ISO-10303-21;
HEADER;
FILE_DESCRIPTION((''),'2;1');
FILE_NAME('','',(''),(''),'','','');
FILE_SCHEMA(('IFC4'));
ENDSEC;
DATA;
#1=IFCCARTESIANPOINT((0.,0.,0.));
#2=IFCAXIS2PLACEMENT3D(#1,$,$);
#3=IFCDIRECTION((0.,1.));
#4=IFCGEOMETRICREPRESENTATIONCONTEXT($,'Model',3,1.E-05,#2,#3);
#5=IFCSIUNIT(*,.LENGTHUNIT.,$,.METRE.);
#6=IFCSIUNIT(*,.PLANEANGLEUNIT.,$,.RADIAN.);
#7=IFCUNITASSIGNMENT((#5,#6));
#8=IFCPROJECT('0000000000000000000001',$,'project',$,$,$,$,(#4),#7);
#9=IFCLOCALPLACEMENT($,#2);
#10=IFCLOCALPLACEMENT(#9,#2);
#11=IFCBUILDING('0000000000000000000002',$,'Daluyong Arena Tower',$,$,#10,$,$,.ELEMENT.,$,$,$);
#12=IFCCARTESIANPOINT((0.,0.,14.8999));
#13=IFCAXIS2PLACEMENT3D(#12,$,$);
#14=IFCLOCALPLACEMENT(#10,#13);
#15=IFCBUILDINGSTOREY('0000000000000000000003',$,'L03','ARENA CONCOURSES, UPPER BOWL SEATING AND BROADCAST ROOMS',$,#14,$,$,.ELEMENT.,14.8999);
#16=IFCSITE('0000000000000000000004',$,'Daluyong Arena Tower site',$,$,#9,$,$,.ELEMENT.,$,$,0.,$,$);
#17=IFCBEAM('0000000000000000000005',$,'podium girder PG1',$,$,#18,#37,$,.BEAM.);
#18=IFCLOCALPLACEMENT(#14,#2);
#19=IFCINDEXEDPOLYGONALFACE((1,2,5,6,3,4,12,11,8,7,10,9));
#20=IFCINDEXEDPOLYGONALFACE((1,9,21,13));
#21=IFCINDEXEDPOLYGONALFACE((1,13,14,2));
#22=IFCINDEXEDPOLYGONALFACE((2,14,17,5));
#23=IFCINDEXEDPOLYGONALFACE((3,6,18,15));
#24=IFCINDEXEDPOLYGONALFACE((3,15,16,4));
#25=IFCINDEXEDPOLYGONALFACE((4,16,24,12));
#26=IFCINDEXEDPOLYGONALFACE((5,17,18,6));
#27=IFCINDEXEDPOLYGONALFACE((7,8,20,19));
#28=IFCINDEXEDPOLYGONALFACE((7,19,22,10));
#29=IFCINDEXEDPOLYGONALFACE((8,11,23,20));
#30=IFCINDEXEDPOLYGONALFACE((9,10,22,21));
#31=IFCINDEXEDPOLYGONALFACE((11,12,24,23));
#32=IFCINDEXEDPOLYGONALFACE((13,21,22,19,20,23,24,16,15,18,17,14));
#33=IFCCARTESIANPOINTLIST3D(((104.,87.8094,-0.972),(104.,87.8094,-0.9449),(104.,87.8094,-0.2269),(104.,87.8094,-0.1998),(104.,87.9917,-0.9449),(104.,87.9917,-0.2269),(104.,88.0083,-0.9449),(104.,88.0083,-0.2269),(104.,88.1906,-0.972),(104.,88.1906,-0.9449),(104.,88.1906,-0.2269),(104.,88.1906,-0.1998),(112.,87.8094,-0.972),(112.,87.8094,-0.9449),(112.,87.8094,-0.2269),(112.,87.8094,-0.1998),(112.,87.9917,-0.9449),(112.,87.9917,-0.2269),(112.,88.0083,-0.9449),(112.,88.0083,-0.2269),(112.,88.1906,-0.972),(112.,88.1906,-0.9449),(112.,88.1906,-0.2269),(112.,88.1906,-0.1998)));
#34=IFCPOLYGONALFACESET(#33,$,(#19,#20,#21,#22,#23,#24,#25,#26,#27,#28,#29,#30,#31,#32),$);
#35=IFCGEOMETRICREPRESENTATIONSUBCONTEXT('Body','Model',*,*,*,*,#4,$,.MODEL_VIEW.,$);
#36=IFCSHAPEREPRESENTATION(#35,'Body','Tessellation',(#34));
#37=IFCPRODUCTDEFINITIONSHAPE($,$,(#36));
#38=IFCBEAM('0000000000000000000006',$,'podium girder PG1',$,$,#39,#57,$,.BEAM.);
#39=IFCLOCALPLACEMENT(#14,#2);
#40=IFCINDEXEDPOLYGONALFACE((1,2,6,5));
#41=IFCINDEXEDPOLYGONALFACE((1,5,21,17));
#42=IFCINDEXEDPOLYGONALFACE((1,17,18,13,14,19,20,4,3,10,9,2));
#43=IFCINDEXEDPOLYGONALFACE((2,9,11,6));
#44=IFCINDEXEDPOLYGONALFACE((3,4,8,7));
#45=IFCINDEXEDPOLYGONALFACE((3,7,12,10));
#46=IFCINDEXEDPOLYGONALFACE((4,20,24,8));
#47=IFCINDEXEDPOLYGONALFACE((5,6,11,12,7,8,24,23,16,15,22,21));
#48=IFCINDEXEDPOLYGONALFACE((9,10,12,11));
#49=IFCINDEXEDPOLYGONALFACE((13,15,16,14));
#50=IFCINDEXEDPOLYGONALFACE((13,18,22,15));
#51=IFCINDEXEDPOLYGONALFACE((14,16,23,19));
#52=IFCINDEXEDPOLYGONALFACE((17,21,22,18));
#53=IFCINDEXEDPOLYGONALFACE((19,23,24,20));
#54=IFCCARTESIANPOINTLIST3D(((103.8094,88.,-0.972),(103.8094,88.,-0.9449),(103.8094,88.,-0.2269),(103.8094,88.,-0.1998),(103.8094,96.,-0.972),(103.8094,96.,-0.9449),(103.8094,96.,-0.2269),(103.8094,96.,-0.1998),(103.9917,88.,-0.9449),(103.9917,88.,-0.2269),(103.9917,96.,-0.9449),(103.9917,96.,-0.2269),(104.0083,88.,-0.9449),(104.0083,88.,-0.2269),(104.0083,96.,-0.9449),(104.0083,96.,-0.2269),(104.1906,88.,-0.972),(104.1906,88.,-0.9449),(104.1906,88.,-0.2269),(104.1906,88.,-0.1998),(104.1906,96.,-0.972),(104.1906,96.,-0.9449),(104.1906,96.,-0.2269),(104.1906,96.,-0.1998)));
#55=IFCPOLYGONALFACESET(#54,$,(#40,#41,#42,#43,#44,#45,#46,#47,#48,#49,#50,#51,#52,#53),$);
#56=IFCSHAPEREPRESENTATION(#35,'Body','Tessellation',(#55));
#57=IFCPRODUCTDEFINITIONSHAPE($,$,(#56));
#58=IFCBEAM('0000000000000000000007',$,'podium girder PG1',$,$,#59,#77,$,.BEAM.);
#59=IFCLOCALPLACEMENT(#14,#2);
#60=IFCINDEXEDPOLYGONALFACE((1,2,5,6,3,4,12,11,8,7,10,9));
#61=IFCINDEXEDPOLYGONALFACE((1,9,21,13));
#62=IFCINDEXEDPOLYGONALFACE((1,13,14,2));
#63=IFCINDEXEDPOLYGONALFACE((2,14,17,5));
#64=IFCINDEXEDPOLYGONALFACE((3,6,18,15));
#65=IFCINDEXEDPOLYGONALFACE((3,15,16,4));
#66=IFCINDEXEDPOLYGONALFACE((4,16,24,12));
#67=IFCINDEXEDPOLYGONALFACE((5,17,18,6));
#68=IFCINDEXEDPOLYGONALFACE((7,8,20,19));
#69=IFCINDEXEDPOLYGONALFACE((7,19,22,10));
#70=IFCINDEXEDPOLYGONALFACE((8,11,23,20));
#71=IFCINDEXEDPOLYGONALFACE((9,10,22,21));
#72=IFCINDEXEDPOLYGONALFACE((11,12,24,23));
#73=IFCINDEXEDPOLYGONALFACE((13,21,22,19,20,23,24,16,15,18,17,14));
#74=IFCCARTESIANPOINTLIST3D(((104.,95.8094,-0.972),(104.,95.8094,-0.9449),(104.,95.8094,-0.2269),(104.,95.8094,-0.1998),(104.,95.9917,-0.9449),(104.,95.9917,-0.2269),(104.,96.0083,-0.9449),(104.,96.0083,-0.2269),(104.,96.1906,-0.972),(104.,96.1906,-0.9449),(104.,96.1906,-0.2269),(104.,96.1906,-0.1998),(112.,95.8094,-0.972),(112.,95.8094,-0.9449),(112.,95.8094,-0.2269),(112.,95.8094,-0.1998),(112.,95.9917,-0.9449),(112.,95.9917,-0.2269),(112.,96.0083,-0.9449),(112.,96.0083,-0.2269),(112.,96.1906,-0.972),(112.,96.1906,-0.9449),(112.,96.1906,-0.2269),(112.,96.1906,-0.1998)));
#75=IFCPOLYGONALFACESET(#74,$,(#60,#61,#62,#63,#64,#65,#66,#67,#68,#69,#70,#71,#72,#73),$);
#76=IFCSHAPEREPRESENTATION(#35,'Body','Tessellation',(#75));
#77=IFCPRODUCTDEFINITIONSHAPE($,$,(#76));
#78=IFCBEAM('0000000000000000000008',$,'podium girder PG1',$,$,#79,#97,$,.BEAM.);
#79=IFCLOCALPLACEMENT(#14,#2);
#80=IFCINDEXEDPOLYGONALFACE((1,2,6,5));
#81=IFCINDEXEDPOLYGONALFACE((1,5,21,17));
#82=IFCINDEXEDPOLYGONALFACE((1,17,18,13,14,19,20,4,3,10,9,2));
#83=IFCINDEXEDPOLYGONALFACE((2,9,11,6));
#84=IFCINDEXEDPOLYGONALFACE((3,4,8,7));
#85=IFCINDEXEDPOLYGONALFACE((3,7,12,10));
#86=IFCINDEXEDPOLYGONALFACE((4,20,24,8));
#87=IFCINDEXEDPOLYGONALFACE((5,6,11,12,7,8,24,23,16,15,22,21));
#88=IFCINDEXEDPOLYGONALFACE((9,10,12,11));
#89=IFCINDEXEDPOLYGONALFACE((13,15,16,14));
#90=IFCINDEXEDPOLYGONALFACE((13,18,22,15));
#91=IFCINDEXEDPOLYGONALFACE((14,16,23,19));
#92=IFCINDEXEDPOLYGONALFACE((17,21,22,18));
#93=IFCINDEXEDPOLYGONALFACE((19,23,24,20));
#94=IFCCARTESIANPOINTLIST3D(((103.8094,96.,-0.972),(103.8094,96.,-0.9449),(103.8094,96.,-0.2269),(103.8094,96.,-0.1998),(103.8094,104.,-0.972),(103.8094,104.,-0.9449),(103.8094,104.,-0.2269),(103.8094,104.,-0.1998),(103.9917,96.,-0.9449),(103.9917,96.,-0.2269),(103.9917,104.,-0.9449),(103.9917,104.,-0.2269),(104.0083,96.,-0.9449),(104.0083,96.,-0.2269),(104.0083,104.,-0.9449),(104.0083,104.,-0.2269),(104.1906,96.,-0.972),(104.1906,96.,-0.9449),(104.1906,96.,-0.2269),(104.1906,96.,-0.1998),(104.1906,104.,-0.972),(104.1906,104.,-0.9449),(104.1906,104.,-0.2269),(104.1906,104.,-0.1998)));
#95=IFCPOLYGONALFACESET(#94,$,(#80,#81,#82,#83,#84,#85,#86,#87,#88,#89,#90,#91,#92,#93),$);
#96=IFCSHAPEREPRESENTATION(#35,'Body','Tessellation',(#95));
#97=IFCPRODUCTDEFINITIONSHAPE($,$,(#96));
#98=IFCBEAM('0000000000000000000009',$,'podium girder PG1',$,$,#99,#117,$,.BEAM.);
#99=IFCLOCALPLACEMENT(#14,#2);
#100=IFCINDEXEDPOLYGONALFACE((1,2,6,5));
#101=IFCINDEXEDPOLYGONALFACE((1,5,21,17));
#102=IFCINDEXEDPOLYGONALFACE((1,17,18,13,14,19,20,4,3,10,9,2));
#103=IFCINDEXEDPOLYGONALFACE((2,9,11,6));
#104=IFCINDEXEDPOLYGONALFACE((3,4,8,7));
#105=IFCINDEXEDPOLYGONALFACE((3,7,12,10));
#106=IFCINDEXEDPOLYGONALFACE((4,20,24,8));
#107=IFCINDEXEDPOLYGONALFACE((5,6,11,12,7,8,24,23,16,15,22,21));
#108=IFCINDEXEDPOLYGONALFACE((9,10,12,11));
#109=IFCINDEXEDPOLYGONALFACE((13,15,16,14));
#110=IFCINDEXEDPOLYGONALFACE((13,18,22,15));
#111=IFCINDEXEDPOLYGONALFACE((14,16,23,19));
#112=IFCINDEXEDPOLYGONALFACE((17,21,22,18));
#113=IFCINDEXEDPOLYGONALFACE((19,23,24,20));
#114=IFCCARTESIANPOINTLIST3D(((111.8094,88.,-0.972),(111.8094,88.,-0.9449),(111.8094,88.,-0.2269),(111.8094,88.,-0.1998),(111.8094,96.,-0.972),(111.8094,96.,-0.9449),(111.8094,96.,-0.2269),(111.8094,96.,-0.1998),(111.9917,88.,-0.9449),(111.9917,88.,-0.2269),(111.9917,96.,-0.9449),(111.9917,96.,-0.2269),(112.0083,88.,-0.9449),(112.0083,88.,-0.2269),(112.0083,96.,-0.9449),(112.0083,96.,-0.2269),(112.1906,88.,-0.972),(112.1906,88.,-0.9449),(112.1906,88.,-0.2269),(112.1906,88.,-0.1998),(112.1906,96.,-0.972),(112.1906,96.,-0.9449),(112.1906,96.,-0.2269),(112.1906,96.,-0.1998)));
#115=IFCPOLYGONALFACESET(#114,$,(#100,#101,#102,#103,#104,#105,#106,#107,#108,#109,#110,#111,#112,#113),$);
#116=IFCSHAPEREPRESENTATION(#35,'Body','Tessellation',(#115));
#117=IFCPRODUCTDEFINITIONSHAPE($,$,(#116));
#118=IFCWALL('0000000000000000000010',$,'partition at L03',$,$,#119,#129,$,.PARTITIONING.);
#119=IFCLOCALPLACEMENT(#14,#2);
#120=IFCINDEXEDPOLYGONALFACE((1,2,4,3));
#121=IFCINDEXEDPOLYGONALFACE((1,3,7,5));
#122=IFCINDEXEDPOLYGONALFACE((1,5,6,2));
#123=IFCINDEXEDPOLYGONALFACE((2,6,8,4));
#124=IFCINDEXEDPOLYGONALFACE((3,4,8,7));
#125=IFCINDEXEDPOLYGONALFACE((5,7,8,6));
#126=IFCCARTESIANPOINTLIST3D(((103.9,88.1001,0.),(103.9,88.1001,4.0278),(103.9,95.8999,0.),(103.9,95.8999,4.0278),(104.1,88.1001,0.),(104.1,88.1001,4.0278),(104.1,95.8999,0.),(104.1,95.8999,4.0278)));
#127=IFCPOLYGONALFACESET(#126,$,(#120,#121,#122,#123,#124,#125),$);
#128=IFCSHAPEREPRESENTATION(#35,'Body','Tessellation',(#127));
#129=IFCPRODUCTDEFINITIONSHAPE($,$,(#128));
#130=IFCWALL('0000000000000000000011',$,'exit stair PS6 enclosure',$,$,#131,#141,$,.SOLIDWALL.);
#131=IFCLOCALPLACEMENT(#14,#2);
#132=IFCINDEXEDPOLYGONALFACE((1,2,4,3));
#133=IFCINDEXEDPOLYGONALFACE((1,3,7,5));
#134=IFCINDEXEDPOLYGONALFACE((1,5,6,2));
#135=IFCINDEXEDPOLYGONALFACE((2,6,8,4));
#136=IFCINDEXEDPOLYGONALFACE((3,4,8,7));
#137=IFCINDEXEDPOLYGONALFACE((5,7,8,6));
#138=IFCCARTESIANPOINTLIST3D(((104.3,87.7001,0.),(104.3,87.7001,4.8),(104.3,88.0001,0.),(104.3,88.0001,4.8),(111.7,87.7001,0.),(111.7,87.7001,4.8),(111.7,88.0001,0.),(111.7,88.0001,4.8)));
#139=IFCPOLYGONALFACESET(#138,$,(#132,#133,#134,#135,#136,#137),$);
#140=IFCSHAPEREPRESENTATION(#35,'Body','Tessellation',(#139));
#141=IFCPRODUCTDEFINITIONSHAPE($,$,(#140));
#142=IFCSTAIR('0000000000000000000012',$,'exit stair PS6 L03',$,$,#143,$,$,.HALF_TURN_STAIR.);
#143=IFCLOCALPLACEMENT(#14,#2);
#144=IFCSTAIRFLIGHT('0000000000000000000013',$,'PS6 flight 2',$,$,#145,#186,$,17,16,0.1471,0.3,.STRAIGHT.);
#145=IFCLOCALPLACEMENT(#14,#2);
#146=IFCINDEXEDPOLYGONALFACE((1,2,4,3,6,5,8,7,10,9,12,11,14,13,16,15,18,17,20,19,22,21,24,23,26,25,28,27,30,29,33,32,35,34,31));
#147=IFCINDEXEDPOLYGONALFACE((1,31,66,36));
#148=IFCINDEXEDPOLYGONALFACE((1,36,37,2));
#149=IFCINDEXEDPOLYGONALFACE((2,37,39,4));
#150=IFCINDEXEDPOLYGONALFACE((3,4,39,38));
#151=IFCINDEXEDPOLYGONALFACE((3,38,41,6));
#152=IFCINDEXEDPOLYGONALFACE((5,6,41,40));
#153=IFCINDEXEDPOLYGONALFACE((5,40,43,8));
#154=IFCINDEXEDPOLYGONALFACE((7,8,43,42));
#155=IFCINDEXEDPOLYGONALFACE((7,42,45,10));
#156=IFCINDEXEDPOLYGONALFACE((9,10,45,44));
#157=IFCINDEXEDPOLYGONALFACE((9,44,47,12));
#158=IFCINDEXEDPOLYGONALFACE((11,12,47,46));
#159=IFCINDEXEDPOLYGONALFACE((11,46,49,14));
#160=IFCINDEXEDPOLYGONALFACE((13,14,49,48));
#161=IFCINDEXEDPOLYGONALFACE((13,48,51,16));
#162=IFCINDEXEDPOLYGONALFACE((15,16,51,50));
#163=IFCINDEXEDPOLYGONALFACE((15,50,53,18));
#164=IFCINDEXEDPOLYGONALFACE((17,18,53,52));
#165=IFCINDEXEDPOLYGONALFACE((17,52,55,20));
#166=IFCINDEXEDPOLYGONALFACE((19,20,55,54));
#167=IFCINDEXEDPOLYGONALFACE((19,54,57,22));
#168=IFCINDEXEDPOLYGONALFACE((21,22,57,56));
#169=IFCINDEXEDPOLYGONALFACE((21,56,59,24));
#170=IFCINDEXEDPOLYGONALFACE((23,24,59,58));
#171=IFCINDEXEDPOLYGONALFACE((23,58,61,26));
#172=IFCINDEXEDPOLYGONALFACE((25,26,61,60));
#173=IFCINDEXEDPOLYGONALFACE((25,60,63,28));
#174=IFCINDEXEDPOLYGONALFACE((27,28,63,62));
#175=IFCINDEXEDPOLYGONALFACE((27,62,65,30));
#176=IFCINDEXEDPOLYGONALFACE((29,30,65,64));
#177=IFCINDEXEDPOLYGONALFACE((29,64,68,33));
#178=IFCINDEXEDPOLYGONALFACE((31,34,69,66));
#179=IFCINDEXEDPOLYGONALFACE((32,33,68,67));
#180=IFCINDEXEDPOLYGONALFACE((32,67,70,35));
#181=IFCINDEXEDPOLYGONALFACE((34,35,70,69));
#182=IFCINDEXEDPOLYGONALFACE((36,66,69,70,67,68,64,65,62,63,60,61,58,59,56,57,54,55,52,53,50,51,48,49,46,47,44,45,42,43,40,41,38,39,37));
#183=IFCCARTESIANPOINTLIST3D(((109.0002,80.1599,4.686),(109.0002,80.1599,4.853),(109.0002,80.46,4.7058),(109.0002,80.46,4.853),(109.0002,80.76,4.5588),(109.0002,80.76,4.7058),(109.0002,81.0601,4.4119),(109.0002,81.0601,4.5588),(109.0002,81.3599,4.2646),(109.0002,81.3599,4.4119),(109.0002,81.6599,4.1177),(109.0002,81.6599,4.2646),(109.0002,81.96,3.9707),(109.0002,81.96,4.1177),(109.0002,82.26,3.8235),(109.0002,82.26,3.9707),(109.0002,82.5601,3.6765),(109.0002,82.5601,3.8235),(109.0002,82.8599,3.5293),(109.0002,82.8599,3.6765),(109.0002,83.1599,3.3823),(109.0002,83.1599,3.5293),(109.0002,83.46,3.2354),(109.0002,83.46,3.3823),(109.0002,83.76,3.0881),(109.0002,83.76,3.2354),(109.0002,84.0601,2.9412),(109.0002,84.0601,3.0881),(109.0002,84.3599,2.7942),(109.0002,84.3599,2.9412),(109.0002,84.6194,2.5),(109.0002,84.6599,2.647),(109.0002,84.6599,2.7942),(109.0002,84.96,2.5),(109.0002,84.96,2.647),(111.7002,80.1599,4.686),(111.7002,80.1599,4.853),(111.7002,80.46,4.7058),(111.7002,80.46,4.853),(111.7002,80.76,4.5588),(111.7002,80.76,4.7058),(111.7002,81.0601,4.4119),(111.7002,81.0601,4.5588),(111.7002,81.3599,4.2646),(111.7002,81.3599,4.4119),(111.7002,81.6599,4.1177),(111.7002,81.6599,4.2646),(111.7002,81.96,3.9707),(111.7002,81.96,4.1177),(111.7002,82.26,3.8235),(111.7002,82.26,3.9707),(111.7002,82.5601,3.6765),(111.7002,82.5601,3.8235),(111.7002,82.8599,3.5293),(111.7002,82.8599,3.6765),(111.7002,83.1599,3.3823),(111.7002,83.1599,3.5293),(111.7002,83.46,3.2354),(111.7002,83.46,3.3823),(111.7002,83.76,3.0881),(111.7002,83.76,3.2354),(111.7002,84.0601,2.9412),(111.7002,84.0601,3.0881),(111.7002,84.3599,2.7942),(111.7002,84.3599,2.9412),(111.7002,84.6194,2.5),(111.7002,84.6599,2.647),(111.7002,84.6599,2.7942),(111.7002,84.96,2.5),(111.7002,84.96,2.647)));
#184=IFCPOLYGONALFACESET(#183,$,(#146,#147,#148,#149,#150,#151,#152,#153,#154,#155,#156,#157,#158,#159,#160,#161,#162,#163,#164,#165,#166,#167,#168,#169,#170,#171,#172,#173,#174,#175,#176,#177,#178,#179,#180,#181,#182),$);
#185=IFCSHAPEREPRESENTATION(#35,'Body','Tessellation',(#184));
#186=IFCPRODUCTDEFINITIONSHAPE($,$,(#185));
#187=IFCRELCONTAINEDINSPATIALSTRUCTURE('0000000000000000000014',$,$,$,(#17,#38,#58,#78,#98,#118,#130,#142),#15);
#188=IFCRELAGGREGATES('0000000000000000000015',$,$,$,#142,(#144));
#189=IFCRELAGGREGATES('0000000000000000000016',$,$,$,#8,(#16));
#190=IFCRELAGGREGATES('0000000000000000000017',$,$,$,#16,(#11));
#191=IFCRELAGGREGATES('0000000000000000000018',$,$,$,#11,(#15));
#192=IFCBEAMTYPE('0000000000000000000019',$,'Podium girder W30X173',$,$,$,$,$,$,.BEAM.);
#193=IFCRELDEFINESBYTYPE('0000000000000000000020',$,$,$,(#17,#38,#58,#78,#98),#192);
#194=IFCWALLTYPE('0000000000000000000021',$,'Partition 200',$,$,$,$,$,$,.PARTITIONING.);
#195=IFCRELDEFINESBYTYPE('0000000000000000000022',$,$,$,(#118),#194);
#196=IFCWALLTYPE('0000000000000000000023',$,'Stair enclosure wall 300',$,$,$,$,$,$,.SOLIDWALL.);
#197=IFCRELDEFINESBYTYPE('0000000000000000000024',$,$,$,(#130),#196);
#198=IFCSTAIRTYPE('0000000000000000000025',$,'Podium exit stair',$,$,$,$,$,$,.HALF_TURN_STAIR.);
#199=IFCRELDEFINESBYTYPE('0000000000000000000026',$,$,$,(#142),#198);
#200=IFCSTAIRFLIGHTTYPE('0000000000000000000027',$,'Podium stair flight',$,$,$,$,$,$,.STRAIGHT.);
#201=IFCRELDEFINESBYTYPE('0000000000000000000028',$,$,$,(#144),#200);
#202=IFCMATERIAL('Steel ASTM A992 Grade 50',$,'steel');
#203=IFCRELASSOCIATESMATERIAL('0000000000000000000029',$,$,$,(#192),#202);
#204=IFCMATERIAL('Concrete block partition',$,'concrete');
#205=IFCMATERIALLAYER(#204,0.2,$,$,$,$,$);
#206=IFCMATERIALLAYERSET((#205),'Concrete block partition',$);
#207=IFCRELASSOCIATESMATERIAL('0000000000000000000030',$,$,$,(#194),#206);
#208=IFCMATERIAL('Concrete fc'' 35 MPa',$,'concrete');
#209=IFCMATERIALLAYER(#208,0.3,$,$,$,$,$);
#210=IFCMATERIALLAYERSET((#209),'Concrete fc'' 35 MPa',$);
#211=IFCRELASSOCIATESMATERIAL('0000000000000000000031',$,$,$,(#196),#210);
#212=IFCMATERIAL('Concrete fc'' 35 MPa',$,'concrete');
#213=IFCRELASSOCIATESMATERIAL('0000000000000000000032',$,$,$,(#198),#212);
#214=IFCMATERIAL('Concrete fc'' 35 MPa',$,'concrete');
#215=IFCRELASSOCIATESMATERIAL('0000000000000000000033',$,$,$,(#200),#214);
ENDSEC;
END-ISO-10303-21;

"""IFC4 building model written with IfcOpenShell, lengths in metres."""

from ifc_helpers import new_model, si_unit, direction, frame, frame_2d, origin, origin_2d, place, context, subcontext, project, spatial, polyline, rectangle, i_section, outline, extrude, material, layer, layer_set, material_profile, profile_set, type_object, element, aggregate, save


model = new_model("IFC4")

# Units and contexts
model_context = context("Model", 3, precision=1e-05, world=origin(), true_north=direction((0.0, 1.0)))
body_context = subcontext(model_context, "Body", "Model", "MODEL_VIEW")
ifc_project = project(units=[si_unit("LENGTHUNIT", "METRE"), si_unit("PLANEANGLEUNIT", "RADIAN")], contexts=[model_context])

# Site, building, storey
site_placement = place(None, origin())
site = spatial("IfcSite", under=ifc_project, at=site_placement, Name="Daluyong Arena Tower site", CompositionType="ELEMENT", RefElevation=0.0)
building_placement = place(site_placement, origin())
building = spatial("IfcBuilding", under=site, at=building_placement, Name="Daluyong Arena Tower", CompositionType="ELEMENT")
storey_placement = place(building_placement, frame((0.0, 0.0, 14.8999)))
storey = spatial("IfcBuildingStorey", under=building, at=storey_placement, Name="L03", Description="ARENA CONCOURSES, UPPER BOWL SEATING AND BROADCAST ROOMS", CompositionType="ELEMENT", Elevation=14.8999)

# Beams
ifc_material_1 = material(Name="Steel ASTM A992 Grade 50", Category="steel")
ifc_material_profile_1 = material_profile(ifc_material_1, i_section(OverallWidth=0.3811, OverallDepth=0.7722, WebThickness=0.0166, FlangeThickness=0.0271, at=origin_2d()))
ifc_profile_set_1 = profile_set([ifc_material_profile_1], Name="Steel ASTM A992 Grade 50")
beam_type_1 = type_object("IfcBeamType", Name="Podium girder W30X173", PredefinedType="BEAM", material=ifc_profile_set_1)
for number, where, z_axis, x_axis, name in (
    (1, (104.0, 88.0, -0.5859), (1.0, 0.0, 0.0), (0.0, 1.0, 0.0), "podium girder PG1"),
    (2, (104.0, 88.0, -0.5859), (0.0, 1.0, 0.0), (-1.0, 0.0, 0.0), "podium girder PG1"),
    (3, (104.0, 96.0, -0.5859), (1.0, 0.0, 0.0), (0.0, 1.0, 0.0), "podium girder PG1"),
    (4, (104.0, 96.0, -0.5859), (0.0, 1.0, 0.0), (-1.0, 0.0, 0.0), "podium girder PG1"),
    (5, (112.0, 88.0, -0.5859), (0.0, 1.0, 0.0), (-1.0, 0.0, 0.0), "podium girder PG1"),
):
    element("IfcBeam", number, at=place(storey_placement, frame(where, z_axis=z_axis, x_axis=x_axis)), inside=storey, type_object=beam_type_1, Name=name, PredefinedType="BEAM", context=body_context, shape_type="SweptSolid", body=[
        extrude(i_section(OverallWidth=0.3811, OverallDepth=0.7722, WebThickness=0.0166, FlangeThickness=0.0271, at=origin_2d()), origin(), (0.0, 0.0, 1.0), 8.0),
    ])

# Walls
ifc_material_2 = material(Name="Concrete block partition", Category="concrete")
ifc_layer_1 = layer(ifc_material_2, 0.2)
ifc_layer_set_1 = layer_set([ifc_layer_1], Name="Concrete block partition")
wall_type_1 = type_object("IfcWallType", Name="Partition 200", PredefinedType="PARTITIONING", material=ifc_layer_set_1)
wall_1_placement = place(storey_placement, frame((104.0, 88.1001, 0.0), z_axis=(0.0, 0.0, 1.0), x_axis=(0.0, 1.0, 0.0)))
element("IfcWall", 6, at=wall_1_placement, inside=storey, type_object=wall_type_1, Name="partition at L03", PredefinedType="PARTITIONING", context=body_context, shape_type="SweptSolid", body=[
    extrude(rectangle(XDim=7.7998, YDim=0.2, at=frame_2d((3.8999, 0.0))), origin(), (0.0, 0.0, 1.0), 4.0278),
])
ifc_material_3 = material(Name="Concrete fc' 35 MPa", Category="concrete")
ifc_layer_2 = layer(ifc_material_3, 0.3)
ifc_layer_set_2 = layer_set([ifc_layer_2], Name="Concrete fc' 35 MPa")
wall_type_2 = type_object("IfcWallType", Name="Stair enclosure wall 300", PredefinedType="SOLIDWALL", material=ifc_layer_set_2)
wall_2_placement = place(storey_placement, frame((104.3, 87.8501, 0.0), z_axis=(0.0, 0.0, 1.0), x_axis=(1.0, 0.0, 0.0)))
element("IfcWall", 7, at=wall_2_placement, inside=storey, type_object=wall_type_2, Name="exit stair PS6 enclosure", PredefinedType="SOLIDWALL", context=body_context, shape_type="SweptSolid", body=[
    extrude(rectangle(XDim=7.3999, YDim=0.3, at=frame_2d((3.7, 0.0))), origin(), (0.0, 0.0, 1.0), 4.8),
])

# Stair, stair flight
ifc_material_4 = material(Name="Concrete fc' 35 MPa", Category="concrete")
stair_type = type_object("IfcStairType", Name="Podium exit stair", PredefinedType="HALF_TURN_STAIR", material=ifc_material_4)
stair_placement = place(storey_placement, origin())
stair = element("IfcStair", 8, at=stair_placement, inside=storey, type_object=stair_type, Name="exit stair PS6 L03", PredefinedType="HALF_TURN_STAIR")
ifc_material_5 = material(Name="Concrete fc' 35 MPa", Category="concrete")
stair_flight_type = type_object("IfcStairFlightType", Name="Podium stair flight", PredefinedType="STRAIGHT", material=ifc_material_5)
stair_flight_placement = place(storey_placement, frame((110.3501, 84.96, 2.5), z_axis=(0.0, 0.0, 1.0), x_axis=(0.0, -1.0, 0.0)))
stair_flight = element("IfcStairFlight", 9, at=stair_flight_placement, type_object=stair_flight_type, Name="PS6 flight 2", NumberOfRisers=17, NumberOfTreads=16, PredefinedType="STRAIGHT", RiserHeight=0.1471, TreadLength=0.3, context=body_context, shape_type="SweptSolid", body=[
    extrude(outline(polyline([(0.0, 0.0), (0.0, 0.147), (0.3, 0.147), (0.3, 0.2942), (0.6001, 0.2942), (0.6001, 0.4412), (0.8999, 0.4412), (0.8999, 0.5881), (1.2, 0.5881), (1.2, 0.7354), (1.5, 0.7354), (1.5, 0.8823), (1.8, 0.8823), (1.8, 1.0293), (2.1001, 1.0293), (2.1001, 1.1765), (2.3999, 1.1765), (2.3999, 1.3235), (2.7, 1.3235), (2.7, 1.4707), (3.0, 1.4707), (3.0, 1.6177), (3.3, 1.6177), (3.3, 1.7646), (3.6001, 1.7646), (3.6001, 1.9119), (3.8999, 1.9119), (3.8999, 2.0588), (4.2, 2.0588), (4.2, 2.2058), (4.5, 2.2058), (4.5, 2.353), (4.8, 2.353), (4.8, 2.5), (4.8, 2.186), (0.3406, 0.0), (0.0, 0.0)])), frame((0.0, 1.3501, 0.0), z_axis=(0.0, -1.0, 0.0), x_axis=(1.0, 0.0, 0.0)), (0.0, 0.0, 1.0), 2.7),
])
aggregate(stair, [stair_flight])

save(model, "model.ifc")
